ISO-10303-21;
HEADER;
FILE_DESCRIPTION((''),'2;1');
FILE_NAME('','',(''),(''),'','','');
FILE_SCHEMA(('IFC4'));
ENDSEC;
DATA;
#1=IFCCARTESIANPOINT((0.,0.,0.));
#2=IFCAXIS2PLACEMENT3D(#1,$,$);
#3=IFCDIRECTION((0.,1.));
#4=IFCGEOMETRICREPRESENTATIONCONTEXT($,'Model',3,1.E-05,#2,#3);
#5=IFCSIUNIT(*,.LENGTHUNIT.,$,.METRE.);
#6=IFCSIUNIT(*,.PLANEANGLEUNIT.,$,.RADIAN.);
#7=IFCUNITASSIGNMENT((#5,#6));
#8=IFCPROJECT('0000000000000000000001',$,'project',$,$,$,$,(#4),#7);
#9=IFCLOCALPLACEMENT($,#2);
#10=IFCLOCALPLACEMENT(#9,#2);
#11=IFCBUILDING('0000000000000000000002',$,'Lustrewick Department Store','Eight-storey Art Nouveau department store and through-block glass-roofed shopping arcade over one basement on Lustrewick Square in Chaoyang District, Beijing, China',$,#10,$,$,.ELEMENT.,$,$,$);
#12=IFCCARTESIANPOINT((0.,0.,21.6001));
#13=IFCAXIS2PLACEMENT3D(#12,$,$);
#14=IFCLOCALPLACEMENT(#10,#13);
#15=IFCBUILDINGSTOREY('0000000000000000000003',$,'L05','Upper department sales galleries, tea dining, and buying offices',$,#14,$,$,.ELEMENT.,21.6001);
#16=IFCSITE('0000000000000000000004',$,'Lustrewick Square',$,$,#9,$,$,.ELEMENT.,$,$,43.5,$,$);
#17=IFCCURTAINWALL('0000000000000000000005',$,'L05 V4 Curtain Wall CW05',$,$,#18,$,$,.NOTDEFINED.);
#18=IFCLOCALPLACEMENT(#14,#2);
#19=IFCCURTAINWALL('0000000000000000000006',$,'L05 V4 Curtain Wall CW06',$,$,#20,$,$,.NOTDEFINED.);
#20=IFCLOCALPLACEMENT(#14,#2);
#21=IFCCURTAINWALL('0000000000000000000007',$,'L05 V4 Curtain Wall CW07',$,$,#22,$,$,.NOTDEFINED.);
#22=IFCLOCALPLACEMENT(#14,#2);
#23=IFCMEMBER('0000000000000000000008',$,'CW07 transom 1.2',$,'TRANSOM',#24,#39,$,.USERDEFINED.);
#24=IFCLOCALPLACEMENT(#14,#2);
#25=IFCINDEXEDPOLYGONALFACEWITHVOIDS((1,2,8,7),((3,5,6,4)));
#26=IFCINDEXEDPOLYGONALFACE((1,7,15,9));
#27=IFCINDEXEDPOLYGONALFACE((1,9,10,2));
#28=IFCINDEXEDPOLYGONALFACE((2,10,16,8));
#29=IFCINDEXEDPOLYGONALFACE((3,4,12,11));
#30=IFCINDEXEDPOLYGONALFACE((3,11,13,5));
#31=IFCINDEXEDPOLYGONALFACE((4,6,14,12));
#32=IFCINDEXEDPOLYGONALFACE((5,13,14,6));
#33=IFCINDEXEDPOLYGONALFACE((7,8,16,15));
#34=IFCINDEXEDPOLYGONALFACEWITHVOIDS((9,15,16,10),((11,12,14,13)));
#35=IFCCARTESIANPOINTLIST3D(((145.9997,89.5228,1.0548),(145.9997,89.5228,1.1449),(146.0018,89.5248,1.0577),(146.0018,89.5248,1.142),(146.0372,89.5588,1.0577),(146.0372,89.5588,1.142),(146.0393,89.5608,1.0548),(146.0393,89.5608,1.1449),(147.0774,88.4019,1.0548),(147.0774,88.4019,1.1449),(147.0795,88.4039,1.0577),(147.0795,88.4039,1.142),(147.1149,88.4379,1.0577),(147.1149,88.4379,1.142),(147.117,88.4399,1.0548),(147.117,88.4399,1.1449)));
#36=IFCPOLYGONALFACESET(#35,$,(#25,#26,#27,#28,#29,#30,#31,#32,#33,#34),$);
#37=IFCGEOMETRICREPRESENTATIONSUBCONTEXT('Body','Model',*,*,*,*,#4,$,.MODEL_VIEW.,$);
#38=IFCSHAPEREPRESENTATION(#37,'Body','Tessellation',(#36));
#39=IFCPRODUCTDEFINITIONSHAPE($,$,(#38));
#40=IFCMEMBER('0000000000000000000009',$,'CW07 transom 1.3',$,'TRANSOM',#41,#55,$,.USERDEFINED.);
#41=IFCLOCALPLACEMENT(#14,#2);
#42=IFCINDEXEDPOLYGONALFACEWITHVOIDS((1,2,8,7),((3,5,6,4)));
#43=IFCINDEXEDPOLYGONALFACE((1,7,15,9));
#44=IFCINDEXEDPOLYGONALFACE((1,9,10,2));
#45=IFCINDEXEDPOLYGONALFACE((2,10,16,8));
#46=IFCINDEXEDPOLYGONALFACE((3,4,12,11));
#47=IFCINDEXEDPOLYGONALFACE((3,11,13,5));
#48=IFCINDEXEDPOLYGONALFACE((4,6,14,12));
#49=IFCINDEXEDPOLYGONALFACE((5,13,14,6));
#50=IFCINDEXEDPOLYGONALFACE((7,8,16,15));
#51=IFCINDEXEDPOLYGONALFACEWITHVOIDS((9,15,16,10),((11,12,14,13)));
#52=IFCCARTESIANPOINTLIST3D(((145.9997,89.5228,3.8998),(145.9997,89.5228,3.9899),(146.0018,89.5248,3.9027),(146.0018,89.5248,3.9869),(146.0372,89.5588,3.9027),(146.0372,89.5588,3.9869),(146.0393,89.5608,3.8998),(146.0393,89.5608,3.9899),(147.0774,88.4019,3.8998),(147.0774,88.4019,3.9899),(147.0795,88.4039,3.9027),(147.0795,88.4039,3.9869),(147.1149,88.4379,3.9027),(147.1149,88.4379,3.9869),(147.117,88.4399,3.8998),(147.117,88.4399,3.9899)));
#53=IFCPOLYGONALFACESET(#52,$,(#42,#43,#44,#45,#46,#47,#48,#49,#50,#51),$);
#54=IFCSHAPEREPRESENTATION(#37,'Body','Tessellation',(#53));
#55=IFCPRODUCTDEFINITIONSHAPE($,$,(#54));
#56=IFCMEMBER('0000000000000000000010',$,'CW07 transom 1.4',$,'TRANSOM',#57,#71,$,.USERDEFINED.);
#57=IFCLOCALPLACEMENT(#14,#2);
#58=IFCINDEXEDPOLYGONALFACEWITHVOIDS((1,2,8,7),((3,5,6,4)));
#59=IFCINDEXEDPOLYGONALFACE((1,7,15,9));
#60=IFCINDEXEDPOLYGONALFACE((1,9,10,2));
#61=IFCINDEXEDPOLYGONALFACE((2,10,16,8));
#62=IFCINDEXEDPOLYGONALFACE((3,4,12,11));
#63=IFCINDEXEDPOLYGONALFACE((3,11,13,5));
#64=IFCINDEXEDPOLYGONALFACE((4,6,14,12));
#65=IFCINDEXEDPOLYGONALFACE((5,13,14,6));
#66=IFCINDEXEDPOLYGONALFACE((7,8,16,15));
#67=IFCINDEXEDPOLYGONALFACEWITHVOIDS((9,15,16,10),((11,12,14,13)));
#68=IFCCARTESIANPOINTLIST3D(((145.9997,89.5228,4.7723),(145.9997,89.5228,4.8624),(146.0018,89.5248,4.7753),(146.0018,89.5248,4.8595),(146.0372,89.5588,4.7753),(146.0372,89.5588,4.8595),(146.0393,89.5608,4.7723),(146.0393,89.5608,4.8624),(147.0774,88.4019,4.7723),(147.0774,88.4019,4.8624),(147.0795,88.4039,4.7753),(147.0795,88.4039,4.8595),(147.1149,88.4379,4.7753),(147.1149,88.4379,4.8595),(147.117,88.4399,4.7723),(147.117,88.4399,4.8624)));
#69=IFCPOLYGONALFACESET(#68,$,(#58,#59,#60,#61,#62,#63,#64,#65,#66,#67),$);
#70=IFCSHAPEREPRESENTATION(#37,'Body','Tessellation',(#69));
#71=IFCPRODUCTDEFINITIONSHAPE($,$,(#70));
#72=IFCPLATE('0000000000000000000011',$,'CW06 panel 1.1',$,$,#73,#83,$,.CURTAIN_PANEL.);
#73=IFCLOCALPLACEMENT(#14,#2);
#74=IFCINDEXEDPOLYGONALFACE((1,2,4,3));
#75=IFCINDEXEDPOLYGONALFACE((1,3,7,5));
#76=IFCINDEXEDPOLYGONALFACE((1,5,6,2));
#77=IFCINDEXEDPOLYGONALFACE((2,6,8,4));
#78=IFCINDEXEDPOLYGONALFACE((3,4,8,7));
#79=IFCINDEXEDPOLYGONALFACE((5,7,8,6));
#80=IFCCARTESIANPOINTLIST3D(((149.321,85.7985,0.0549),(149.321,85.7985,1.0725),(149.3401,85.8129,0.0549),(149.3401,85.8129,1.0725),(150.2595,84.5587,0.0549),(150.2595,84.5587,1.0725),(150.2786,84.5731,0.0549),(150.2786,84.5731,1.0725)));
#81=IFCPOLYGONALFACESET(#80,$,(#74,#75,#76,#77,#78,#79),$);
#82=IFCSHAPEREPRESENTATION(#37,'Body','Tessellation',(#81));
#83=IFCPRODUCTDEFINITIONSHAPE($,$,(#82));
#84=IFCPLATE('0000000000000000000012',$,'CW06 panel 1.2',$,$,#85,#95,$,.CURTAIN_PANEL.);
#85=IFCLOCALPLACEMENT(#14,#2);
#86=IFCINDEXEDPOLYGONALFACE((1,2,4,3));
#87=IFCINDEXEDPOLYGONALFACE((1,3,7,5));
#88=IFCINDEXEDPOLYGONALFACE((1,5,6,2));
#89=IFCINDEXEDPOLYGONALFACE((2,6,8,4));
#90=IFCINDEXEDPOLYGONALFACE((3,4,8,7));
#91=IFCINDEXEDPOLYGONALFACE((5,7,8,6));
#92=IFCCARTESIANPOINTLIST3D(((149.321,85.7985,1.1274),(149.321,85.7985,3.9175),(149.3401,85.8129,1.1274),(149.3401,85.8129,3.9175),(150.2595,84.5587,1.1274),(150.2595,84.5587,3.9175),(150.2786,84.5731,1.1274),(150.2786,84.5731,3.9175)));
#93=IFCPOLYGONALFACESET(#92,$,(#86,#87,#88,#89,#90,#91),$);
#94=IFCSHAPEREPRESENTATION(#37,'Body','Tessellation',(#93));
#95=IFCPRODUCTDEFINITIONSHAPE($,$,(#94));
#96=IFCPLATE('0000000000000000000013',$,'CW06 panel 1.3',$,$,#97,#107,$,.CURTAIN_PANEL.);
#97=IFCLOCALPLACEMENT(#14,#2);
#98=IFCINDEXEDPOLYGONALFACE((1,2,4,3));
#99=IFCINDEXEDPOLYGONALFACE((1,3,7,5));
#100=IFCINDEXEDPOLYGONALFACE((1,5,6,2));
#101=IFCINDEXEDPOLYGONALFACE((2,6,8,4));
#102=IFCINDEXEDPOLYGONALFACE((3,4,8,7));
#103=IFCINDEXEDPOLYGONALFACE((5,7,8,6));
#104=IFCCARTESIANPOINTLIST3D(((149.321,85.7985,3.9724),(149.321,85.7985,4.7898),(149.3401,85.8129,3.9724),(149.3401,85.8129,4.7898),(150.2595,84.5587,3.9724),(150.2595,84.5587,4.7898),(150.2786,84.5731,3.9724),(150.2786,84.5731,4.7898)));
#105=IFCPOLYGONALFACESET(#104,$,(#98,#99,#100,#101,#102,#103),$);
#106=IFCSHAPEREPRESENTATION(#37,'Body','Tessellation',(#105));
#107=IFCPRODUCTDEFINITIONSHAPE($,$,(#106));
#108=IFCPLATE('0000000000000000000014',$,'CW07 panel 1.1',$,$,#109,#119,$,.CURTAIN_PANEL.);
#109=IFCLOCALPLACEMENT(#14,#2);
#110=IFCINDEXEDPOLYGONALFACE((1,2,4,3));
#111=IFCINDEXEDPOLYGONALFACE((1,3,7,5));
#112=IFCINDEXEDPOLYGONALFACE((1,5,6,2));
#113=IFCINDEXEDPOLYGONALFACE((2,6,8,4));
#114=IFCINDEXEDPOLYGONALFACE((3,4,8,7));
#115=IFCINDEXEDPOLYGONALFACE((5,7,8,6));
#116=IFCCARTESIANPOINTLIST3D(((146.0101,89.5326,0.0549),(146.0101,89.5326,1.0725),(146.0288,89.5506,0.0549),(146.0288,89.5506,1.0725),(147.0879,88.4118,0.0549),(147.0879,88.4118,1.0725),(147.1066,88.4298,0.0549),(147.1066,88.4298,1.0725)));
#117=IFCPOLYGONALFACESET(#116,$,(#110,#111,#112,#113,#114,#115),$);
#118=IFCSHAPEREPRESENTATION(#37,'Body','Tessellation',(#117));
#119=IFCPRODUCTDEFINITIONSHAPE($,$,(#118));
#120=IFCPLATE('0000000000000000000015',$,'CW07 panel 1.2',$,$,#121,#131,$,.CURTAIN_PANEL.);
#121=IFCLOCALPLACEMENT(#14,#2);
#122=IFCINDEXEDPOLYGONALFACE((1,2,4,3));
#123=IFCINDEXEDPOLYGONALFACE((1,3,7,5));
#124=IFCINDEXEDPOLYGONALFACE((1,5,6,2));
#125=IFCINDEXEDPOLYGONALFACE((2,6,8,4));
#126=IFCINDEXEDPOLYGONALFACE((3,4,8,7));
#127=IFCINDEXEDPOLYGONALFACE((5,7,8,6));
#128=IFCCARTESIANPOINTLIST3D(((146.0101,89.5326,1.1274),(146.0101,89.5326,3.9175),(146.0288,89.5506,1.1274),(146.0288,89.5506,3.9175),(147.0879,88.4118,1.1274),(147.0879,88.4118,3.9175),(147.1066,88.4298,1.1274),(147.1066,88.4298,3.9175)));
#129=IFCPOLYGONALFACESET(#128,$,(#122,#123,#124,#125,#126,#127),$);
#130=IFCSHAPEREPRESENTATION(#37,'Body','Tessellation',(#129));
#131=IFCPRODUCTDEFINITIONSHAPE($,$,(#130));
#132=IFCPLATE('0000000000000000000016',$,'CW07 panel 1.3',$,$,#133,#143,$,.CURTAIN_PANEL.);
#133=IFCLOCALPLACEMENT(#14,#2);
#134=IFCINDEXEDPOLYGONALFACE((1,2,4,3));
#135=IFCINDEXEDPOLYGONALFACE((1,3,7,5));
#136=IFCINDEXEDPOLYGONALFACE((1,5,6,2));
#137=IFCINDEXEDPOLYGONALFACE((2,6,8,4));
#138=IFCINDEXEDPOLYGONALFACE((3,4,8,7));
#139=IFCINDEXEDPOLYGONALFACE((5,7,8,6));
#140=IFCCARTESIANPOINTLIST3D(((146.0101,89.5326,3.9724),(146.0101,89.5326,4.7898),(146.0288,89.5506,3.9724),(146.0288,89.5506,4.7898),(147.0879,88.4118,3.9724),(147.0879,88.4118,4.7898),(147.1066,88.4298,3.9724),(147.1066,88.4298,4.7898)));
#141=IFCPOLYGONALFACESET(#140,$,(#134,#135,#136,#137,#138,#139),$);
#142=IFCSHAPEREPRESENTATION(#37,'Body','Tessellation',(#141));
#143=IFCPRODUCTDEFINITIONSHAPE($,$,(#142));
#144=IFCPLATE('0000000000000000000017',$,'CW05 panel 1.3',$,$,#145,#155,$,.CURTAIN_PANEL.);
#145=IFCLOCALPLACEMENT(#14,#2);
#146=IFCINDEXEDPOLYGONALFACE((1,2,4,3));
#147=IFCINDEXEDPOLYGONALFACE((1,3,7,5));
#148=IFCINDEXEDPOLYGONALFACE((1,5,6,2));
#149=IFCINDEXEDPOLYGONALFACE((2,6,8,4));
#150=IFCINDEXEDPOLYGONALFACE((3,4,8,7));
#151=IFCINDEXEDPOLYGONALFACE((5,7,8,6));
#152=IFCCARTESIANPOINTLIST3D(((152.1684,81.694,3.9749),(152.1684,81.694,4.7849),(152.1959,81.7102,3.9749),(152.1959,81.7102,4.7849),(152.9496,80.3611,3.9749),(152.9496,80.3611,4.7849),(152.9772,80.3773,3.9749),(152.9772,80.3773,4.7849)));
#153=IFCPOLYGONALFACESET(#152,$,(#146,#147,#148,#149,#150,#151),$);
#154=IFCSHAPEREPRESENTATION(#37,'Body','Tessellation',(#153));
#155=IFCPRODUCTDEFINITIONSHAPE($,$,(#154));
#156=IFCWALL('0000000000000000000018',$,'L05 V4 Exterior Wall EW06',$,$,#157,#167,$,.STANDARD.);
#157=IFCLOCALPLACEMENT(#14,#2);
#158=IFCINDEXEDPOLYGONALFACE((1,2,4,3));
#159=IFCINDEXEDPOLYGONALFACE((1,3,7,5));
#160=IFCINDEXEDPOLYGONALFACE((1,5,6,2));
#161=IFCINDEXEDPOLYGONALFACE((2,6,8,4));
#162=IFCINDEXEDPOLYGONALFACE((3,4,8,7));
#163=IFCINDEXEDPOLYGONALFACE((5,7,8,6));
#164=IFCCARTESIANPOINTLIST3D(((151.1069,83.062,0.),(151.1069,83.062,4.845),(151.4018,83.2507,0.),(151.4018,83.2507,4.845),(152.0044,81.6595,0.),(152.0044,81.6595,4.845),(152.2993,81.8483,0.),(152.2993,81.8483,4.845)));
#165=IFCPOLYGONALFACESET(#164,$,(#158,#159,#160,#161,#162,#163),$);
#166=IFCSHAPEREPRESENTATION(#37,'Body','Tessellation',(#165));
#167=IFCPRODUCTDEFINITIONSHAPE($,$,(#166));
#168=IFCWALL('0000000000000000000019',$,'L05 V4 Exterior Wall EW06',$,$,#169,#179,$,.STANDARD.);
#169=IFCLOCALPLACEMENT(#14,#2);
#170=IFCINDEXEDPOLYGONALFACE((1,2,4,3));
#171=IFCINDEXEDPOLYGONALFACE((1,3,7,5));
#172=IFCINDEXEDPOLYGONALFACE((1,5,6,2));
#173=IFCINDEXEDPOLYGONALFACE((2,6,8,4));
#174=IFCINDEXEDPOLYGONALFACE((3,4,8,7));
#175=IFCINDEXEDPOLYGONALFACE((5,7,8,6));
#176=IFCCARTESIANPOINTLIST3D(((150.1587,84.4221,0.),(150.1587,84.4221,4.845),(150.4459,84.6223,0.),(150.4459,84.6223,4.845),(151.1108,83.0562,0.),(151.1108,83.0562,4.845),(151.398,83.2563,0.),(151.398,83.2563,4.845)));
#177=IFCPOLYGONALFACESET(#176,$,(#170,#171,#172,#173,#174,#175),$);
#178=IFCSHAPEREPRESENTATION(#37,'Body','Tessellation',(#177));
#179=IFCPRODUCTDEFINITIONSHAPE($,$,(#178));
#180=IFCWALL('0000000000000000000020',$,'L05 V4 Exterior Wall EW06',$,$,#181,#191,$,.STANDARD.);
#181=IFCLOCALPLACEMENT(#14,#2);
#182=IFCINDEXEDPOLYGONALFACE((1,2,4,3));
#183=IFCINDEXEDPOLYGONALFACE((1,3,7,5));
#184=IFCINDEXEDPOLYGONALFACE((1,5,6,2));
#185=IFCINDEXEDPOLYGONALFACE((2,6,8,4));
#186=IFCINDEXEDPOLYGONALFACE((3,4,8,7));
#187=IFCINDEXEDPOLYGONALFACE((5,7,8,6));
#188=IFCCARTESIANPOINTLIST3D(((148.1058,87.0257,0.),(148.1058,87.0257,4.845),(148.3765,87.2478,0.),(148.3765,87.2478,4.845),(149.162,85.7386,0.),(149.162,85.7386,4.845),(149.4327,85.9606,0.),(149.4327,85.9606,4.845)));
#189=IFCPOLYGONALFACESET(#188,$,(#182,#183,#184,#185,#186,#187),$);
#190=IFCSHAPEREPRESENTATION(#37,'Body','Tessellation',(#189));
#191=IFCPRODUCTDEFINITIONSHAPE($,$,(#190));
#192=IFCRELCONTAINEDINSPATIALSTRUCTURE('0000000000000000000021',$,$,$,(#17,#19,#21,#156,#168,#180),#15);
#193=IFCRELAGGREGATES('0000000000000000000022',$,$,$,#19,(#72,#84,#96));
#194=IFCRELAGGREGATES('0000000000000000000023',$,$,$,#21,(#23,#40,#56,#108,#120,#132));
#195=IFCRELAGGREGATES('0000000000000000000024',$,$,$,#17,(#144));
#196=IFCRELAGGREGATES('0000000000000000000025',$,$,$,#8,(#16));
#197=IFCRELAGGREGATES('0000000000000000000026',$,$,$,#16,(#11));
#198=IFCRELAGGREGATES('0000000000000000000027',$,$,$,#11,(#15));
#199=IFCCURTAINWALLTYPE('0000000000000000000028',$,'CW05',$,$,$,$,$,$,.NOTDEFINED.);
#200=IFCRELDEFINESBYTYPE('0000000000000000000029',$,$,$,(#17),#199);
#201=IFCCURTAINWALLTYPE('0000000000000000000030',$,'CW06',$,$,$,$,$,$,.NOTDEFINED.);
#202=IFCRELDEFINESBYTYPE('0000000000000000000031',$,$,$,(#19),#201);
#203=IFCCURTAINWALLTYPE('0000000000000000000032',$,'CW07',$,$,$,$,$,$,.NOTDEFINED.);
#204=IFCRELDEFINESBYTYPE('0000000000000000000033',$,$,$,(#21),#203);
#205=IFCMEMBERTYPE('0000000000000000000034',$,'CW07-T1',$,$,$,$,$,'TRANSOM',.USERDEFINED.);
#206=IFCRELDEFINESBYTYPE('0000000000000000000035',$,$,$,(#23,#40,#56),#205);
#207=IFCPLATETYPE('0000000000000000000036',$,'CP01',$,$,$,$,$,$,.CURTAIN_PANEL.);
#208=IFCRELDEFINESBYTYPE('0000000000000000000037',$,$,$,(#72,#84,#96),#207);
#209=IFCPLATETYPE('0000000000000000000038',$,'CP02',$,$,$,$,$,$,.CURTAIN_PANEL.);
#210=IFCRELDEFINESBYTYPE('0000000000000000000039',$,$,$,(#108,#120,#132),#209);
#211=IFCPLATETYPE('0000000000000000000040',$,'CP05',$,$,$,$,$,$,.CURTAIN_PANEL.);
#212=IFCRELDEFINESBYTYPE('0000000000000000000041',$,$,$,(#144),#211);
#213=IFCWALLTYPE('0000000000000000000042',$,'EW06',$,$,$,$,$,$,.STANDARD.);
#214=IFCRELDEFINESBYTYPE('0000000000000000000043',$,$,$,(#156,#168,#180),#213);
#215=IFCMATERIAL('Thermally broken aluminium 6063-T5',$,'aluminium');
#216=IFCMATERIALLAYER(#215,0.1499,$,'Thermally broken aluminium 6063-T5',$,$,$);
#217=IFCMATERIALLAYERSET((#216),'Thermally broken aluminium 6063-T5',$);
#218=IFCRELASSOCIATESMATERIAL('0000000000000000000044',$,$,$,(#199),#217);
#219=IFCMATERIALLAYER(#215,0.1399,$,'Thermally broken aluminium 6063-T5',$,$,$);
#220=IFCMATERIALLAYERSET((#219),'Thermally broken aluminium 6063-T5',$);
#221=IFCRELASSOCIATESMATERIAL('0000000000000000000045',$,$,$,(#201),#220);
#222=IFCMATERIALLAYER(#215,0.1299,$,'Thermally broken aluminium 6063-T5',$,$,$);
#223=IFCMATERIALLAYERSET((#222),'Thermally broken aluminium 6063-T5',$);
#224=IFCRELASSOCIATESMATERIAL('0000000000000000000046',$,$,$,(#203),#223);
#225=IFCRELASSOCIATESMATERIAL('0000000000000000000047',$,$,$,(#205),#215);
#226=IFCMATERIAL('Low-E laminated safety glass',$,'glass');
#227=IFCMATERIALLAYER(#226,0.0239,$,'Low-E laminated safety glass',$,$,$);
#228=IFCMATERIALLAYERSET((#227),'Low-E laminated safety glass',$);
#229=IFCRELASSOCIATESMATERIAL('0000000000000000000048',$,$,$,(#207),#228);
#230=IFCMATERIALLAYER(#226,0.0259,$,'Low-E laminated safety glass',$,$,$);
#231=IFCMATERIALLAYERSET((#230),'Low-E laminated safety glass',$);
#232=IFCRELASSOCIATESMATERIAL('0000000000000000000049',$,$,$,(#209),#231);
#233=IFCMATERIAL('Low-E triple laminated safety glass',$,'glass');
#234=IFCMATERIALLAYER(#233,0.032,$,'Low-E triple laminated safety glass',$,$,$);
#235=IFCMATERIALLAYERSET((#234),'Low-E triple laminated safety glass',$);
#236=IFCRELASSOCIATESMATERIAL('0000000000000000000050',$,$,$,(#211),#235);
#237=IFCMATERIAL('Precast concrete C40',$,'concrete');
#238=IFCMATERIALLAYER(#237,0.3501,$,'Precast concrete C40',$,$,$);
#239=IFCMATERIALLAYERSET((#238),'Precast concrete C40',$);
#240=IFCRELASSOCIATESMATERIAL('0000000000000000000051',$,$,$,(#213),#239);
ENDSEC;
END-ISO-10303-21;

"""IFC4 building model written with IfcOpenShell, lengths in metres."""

from ifc_helpers import new_model, si_unit, direction, frame, frame_2d, origin, origin_2d, place, context, subcontext, project, spatial, rectangle, hollow_rectangle, extrude, material, layer, layer_set, material_profile, profile_set, type_object, element, aggregate, save


model = new_model("IFC4")

# Units and contexts
model_context = context("Model", 3, precision=1e-05, world=origin(), true_north=direction((0.0, 1.0)))
body_context = subcontext(model_context, "Body", "Model", "MODEL_VIEW")
ifc_project = project(units=[si_unit("LENGTHUNIT", "METRE"), si_unit("PLANEANGLEUNIT", "RADIAN")], contexts=[model_context])

# Site, building, storey
site_placement = place(None, origin())
site = spatial("IfcSite", under=ifc_project, at=site_placement, Name="Lustrewick Square", CompositionType="ELEMENT", RefElevation=43.5)
building_placement = place(site_placement, origin())
building = spatial("IfcBuilding", under=site, at=building_placement, Name="Lustrewick Department Store", Description="Eight-storey Art Nouveau department store and through-block glass-roofed shopping arcade over one basement on Lustrewick Square in Chaoyang District, Beijing, China", CompositionType="ELEMENT")
storey_placement = place(building_placement, frame((0.0, 0.0, 21.6001)))
storey = spatial("IfcBuildingStorey", under=building, at=storey_placement, Name="L05", Description="Upper department sales galleries, tea dining, and buying offices", CompositionType="ELEMENT", Elevation=21.6001)

# Curtain wall
ifc_material_1 = material(Name="Thermally broken aluminium 6063-T5", Category="aluminium")
ifc_layer_1 = layer(ifc_material_1, 0.1499, Name="Thermally broken aluminium 6063-T5")
ifc_layer_set_1 = layer_set([ifc_layer_1], Name="Thermally broken aluminium 6063-T5")
curtain_wall_type_1 = type_object("IfcCurtainWallType", Name="CW05", PredefinedType="NOTDEFINED", material=ifc_layer_set_1)
curtain_wall_1_placement = place(storey_placement, origin())
curtain_wall_1 = element("IfcCurtainWall", 1, at=curtain_wall_1_placement, inside=storey, type_object=curtain_wall_type_1, Name="L05 V4 Curtain Wall CW05", PredefinedType="NOTDEFINED")

# Curtain walls, members
ifc_layer_2 = layer(ifc_material_1, 0.1399, Name="Thermally broken aluminium 6063-T5")
ifc_layer_set_2 = layer_set([ifc_layer_2], Name="Thermally broken aluminium 6063-T5")
curtain_wall_type_2 = type_object("IfcCurtainWallType", Name="CW06", PredefinedType="NOTDEFINED", material=ifc_layer_set_2)
curtain_wall_2_placement = place(storey_placement, origin())
curtain_wall_2 = element("IfcCurtainWall", 2, at=curtain_wall_2_placement, inside=storey, type_object=curtain_wall_type_2, Name="L05 V4 Curtain Wall CW06", PredefinedType="NOTDEFINED")
ifc_layer_3 = layer(ifc_material_1, 0.1299, Name="Thermally broken aluminium 6063-T5")
ifc_layer_set_3 = layer_set([ifc_layer_3], Name="Thermally broken aluminium 6063-T5")
curtain_wall_type_3 = type_object("IfcCurtainWallType", Name="CW07", PredefinedType="NOTDEFINED", material=ifc_layer_set_3)
curtain_wall_3_placement = place(storey_placement, origin())
curtain_wall_3 = element("IfcCurtainWall", 3, at=curtain_wall_3_placement, inside=storey, type_object=curtain_wall_type_3, Name="L05 V4 Curtain Wall CW07", PredefinedType="NOTDEFINED")
ifc_material_profile_1 = material_profile(ifc_material_1, hollow_rectangle(XDim=0.0549, YDim=0.0901, WallThickness=0.0029, at=origin_2d()), Name="ALU-T 55x90x3")
ifc_profile_set_1 = profile_set([ifc_material_profile_1], Name="Thermally broken aluminium 6063-T5")
member_type_1 = type_object("IfcMemberType", Name="CW07-T1", ElementType="TRANSOM", PredefinedType="USERDEFINED", material=ifc_profile_set_1)
member_1_placement = place(storey_placement, frame((147.0972, 88.4209, 1.0999), z_axis=(-0.693074, 0.720866, 0.0), x_axis=(-0.720866, -0.693074, 0.0)))
member_1 = element("IfcMember", 4, at=member_1_placement, type_object=member_type_1, Name="CW07 transom 1.2", ObjectType="TRANSOM", PredefinedType="USERDEFINED", context=body_context, shape_type="SweptSolid", body=[
    extrude(hollow_rectangle(XDim=0.0549, YDim=0.0901, WallThickness=0.0029, at=origin_2d()), origin(), (0.0, 0.0, 1.0), 1.5549),
])
member_2_placement = place(storey_placement, frame((147.0972, 88.4209, 3.9448), z_axis=(-0.693074, 0.720866, 0.0), x_axis=(-0.720866, -0.693074, 0.0)))
member_2 = element("IfcMember", 5, at=member_2_placement, type_object=member_type_1, Name="CW07 transom 1.3", ObjectType="TRANSOM", PredefinedType="USERDEFINED", context=body_context, shape_type="SweptSolid", body=[
    extrude(hollow_rectangle(XDim=0.0549, YDim=0.0901, WallThickness=0.0029, at=origin_2d()), origin(), (0.0, 0.0, 1.0), 1.5549),
])
member_3_placement = place(storey_placement, frame((147.0972, 88.4209, 4.8174), z_axis=(-0.693074, 0.720866, 0.0), x_axis=(-0.720866, -0.693074, 0.0)))
member_3 = element("IfcMember", 6, at=member_3_placement, type_object=member_type_1, Name="CW07 transom 1.4", ObjectType="TRANSOM", PredefinedType="USERDEFINED", context=body_context, shape_type="SweptSolid", body=[
    extrude(hollow_rectangle(XDim=0.0549, YDim=0.0901, WallThickness=0.0029, at=origin_2d()), origin(), (0.0, 0.0, 1.0), 1.5549),
])

# Plates
ifc_material_2 = material(Name="Low-E laminated safety glass", Category="glass")
ifc_layer_4 = layer(ifc_material_2, 0.0239, Name="Low-E laminated safety glass")
ifc_layer_set_4 = layer_set([ifc_layer_4], Name="Low-E laminated safety glass")
plate_type_1 = type_object("IfcPlateType", Name="CP01", PredefinedType="CURTAIN_PANEL", material=ifc_layer_set_4)
plate_1_placement = place(storey_placement, frame((149.7998, 85.1858, 0.0549), z_axis=(0.0, 0.0, 1.0), x_axis=(-0.603559, 0.797318, 0.0)))
plate_1 = element("IfcPlate", 7, at=plate_1_placement, type_object=plate_type_1, Name="CW06 panel 1.1", PredefinedType="CURTAIN_PANEL", context=body_context, shape_type="SweptSolid", body=[
    extrude(rectangle(XDim=1.5549, YDim=0.0239, at=origin_2d()), origin(), (0.0, 0.0, 1.0), 1.0176),
])
plate_2_placement = place(storey_placement, frame((149.7998, 85.1858, 1.1274), z_axis=(0.0, 0.0, 1.0), x_axis=(-0.603559, 0.797318, 0.0)))
plate_2 = element("IfcPlate", 8, at=plate_2_placement, type_object=plate_type_1, Name="CW06 panel 1.2", PredefinedType="CURTAIN_PANEL", context=body_context, shape_type="SweptSolid", body=[
    extrude(rectangle(XDim=1.5549, YDim=0.0239, at=origin_2d()), origin(), (0.0, 0.0, 1.0), 2.79),
])
plate_3_placement = place(storey_placement, frame((149.7998, 85.1858, 3.9724), z_axis=(0.0, 0.0, 1.0), x_axis=(-0.603559, 0.797318, 0.0)))
plate_3 = element("IfcPlate", 9, at=plate_3_placement, type_object=plate_type_1, Name="CW06 panel 1.3", PredefinedType="CURTAIN_PANEL", context=body_context, shape_type="SweptSolid", body=[
    extrude(rectangle(XDim=1.5549, YDim=0.0239, at=origin_2d()), origin(), (0.0, 0.0, 1.0), 0.8174),
])
aggregate(curtain_wall_2, [plate_1, plate_2, plate_3])
ifc_layer_5 = layer(ifc_material_2, 0.0259, Name="Low-E laminated safety glass")
ifc_layer_set_5 = layer_set([ifc_layer_5], Name="Low-E laminated safety glass")
plate_type_2 = type_object("IfcPlateType", Name="CP02", PredefinedType="CURTAIN_PANEL", material=ifc_layer_set_5)
plate_4_placement = place(storey_placement, frame((146.5583, 88.9812, 0.0549), z_axis=(0.0, 0.0, 1.0), x_axis=(-0.693127, 0.720816, 0.0)))
plate_4 = element("IfcPlate", 10, at=plate_4_placement, type_object=plate_type_2, Name="CW07 panel 1.1", PredefinedType="CURTAIN_PANEL", context=body_context, shape_type="SweptSolid", body=[
    extrude(rectangle(XDim=1.5549, YDim=0.0259, at=origin_2d()), origin(), (0.0, 0.0, 1.0), 1.0176),
])
plate_5_placement = place(storey_placement, frame((146.5583, 88.9812, 1.1274), z_axis=(0.0, 0.0, 1.0), x_axis=(-0.693127, 0.720816, 0.0)))
plate_5 = element("IfcPlate", 11, at=plate_5_placement, type_object=plate_type_2, Name="CW07 panel 1.2", PredefinedType="CURTAIN_PANEL", context=body_context, shape_type="SweptSolid", body=[
    extrude(rectangle(XDim=1.5549, YDim=0.0259, at=origin_2d()), origin(), (0.0, 0.0, 1.0), 2.79),
])
plate_6_placement = place(storey_placement, frame((146.5583, 88.9812, 3.9724), z_axis=(0.0, 0.0, 1.0), x_axis=(-0.693127, 0.720816, 0.0)))
plate_6 = element("IfcPlate", 12, at=plate_6_placement, type_object=plate_type_2, Name="CW07 panel 1.3", PredefinedType="CURTAIN_PANEL", context=body_context, shape_type="SweptSolid", body=[
    extrude(rectangle(XDim=1.5549, YDim=0.0259, at=origin_2d()), origin(), (0.0, 0.0, 1.0), 0.8174),
])
aggregate(curtain_wall_3, [member_1, member_2, member_3, plate_4, plate_5, plate_6])
ifc_material_3 = material(Name="Low-E triple laminated safety glass", Category="glass")
ifc_layer_6 = layer(ifc_material_3, 0.032, Name="Low-E triple laminated safety glass")
ifc_layer_set_6 = layer_set([ifc_layer_6], Name="Low-E triple laminated safety glass")
plate_type_3 = type_object("IfcPlateType", Name="CP05", PredefinedType="CURTAIN_PANEL", material=ifc_layer_set_6)
plate_7_placement = place(storey_placement, frame((152.5728, 81.0356, 3.9749), z_axis=(0.0, 0.0, 1.0), x_axis=(-0.505662, 0.862731, 0.0)))
plate_7 = element("IfcPlate", 13, at=plate_7_placement, type_object=plate_type_3, Name="CW05 panel 1.3", PredefinedType="CURTAIN_PANEL", context=body_context, shape_type="SweptSolid", body=[
    extrude(rectangle(XDim=1.5449, YDim=0.032, at=origin_2d()), origin(), (0.0, 0.0, 1.0), 0.8101),
])
aggregate(curtain_wall_1, [plate_7])

# Walls
ifc_material_4 = material(Name="Precast concrete C40", Category="concrete")
ifc_layer_7 = layer(ifc_material_4, 0.3501, Name="Precast concrete C40")
ifc_layer_set_7 = layer_set([ifc_layer_7], Name="Precast concrete C40")
wall_type = type_object("IfcWallType", Name="EW06", PredefinedType="STANDARD", material=ifc_layer_set_7)
for number, where, z_axis, x_axis, name in (
    (14, (152.1519, 81.7539, 0.0), (0.0, 0.0, 1.0), (-0.539037, 0.842282, 0.0), "L05 V4 Exterior Wall EW06"),
    (15, (151.2544, 83.1562, 0.0), (0.0, 0.0, 1.0), (-0.571838, 0.820367, 0.0), "L05 V4 Exterior Wall EW06"),
    (16, (149.2974, 85.8496, 0.0), (0.0, 0.0, 1.0), (-0.634339, 0.773055, 0.0), "L05 V4 Exterior Wall EW06"),
):
    element("IfcWall", number, at=place(storey_placement, frame(where, z_axis=z_axis, x_axis=x_axis)), inside=storey, type_object=wall_type, Name=name, PredefinedType="STANDARD", context=body_context, shape_type="SweptSolid", body=[
        extrude(rectangle(XDim=1.665, YDim=0.3501, at=frame_2d((0.8325, 0.0))), origin(), (0.0, 0.0, 1.0), 4.845),
    ])

save(model, "model.ifc")
